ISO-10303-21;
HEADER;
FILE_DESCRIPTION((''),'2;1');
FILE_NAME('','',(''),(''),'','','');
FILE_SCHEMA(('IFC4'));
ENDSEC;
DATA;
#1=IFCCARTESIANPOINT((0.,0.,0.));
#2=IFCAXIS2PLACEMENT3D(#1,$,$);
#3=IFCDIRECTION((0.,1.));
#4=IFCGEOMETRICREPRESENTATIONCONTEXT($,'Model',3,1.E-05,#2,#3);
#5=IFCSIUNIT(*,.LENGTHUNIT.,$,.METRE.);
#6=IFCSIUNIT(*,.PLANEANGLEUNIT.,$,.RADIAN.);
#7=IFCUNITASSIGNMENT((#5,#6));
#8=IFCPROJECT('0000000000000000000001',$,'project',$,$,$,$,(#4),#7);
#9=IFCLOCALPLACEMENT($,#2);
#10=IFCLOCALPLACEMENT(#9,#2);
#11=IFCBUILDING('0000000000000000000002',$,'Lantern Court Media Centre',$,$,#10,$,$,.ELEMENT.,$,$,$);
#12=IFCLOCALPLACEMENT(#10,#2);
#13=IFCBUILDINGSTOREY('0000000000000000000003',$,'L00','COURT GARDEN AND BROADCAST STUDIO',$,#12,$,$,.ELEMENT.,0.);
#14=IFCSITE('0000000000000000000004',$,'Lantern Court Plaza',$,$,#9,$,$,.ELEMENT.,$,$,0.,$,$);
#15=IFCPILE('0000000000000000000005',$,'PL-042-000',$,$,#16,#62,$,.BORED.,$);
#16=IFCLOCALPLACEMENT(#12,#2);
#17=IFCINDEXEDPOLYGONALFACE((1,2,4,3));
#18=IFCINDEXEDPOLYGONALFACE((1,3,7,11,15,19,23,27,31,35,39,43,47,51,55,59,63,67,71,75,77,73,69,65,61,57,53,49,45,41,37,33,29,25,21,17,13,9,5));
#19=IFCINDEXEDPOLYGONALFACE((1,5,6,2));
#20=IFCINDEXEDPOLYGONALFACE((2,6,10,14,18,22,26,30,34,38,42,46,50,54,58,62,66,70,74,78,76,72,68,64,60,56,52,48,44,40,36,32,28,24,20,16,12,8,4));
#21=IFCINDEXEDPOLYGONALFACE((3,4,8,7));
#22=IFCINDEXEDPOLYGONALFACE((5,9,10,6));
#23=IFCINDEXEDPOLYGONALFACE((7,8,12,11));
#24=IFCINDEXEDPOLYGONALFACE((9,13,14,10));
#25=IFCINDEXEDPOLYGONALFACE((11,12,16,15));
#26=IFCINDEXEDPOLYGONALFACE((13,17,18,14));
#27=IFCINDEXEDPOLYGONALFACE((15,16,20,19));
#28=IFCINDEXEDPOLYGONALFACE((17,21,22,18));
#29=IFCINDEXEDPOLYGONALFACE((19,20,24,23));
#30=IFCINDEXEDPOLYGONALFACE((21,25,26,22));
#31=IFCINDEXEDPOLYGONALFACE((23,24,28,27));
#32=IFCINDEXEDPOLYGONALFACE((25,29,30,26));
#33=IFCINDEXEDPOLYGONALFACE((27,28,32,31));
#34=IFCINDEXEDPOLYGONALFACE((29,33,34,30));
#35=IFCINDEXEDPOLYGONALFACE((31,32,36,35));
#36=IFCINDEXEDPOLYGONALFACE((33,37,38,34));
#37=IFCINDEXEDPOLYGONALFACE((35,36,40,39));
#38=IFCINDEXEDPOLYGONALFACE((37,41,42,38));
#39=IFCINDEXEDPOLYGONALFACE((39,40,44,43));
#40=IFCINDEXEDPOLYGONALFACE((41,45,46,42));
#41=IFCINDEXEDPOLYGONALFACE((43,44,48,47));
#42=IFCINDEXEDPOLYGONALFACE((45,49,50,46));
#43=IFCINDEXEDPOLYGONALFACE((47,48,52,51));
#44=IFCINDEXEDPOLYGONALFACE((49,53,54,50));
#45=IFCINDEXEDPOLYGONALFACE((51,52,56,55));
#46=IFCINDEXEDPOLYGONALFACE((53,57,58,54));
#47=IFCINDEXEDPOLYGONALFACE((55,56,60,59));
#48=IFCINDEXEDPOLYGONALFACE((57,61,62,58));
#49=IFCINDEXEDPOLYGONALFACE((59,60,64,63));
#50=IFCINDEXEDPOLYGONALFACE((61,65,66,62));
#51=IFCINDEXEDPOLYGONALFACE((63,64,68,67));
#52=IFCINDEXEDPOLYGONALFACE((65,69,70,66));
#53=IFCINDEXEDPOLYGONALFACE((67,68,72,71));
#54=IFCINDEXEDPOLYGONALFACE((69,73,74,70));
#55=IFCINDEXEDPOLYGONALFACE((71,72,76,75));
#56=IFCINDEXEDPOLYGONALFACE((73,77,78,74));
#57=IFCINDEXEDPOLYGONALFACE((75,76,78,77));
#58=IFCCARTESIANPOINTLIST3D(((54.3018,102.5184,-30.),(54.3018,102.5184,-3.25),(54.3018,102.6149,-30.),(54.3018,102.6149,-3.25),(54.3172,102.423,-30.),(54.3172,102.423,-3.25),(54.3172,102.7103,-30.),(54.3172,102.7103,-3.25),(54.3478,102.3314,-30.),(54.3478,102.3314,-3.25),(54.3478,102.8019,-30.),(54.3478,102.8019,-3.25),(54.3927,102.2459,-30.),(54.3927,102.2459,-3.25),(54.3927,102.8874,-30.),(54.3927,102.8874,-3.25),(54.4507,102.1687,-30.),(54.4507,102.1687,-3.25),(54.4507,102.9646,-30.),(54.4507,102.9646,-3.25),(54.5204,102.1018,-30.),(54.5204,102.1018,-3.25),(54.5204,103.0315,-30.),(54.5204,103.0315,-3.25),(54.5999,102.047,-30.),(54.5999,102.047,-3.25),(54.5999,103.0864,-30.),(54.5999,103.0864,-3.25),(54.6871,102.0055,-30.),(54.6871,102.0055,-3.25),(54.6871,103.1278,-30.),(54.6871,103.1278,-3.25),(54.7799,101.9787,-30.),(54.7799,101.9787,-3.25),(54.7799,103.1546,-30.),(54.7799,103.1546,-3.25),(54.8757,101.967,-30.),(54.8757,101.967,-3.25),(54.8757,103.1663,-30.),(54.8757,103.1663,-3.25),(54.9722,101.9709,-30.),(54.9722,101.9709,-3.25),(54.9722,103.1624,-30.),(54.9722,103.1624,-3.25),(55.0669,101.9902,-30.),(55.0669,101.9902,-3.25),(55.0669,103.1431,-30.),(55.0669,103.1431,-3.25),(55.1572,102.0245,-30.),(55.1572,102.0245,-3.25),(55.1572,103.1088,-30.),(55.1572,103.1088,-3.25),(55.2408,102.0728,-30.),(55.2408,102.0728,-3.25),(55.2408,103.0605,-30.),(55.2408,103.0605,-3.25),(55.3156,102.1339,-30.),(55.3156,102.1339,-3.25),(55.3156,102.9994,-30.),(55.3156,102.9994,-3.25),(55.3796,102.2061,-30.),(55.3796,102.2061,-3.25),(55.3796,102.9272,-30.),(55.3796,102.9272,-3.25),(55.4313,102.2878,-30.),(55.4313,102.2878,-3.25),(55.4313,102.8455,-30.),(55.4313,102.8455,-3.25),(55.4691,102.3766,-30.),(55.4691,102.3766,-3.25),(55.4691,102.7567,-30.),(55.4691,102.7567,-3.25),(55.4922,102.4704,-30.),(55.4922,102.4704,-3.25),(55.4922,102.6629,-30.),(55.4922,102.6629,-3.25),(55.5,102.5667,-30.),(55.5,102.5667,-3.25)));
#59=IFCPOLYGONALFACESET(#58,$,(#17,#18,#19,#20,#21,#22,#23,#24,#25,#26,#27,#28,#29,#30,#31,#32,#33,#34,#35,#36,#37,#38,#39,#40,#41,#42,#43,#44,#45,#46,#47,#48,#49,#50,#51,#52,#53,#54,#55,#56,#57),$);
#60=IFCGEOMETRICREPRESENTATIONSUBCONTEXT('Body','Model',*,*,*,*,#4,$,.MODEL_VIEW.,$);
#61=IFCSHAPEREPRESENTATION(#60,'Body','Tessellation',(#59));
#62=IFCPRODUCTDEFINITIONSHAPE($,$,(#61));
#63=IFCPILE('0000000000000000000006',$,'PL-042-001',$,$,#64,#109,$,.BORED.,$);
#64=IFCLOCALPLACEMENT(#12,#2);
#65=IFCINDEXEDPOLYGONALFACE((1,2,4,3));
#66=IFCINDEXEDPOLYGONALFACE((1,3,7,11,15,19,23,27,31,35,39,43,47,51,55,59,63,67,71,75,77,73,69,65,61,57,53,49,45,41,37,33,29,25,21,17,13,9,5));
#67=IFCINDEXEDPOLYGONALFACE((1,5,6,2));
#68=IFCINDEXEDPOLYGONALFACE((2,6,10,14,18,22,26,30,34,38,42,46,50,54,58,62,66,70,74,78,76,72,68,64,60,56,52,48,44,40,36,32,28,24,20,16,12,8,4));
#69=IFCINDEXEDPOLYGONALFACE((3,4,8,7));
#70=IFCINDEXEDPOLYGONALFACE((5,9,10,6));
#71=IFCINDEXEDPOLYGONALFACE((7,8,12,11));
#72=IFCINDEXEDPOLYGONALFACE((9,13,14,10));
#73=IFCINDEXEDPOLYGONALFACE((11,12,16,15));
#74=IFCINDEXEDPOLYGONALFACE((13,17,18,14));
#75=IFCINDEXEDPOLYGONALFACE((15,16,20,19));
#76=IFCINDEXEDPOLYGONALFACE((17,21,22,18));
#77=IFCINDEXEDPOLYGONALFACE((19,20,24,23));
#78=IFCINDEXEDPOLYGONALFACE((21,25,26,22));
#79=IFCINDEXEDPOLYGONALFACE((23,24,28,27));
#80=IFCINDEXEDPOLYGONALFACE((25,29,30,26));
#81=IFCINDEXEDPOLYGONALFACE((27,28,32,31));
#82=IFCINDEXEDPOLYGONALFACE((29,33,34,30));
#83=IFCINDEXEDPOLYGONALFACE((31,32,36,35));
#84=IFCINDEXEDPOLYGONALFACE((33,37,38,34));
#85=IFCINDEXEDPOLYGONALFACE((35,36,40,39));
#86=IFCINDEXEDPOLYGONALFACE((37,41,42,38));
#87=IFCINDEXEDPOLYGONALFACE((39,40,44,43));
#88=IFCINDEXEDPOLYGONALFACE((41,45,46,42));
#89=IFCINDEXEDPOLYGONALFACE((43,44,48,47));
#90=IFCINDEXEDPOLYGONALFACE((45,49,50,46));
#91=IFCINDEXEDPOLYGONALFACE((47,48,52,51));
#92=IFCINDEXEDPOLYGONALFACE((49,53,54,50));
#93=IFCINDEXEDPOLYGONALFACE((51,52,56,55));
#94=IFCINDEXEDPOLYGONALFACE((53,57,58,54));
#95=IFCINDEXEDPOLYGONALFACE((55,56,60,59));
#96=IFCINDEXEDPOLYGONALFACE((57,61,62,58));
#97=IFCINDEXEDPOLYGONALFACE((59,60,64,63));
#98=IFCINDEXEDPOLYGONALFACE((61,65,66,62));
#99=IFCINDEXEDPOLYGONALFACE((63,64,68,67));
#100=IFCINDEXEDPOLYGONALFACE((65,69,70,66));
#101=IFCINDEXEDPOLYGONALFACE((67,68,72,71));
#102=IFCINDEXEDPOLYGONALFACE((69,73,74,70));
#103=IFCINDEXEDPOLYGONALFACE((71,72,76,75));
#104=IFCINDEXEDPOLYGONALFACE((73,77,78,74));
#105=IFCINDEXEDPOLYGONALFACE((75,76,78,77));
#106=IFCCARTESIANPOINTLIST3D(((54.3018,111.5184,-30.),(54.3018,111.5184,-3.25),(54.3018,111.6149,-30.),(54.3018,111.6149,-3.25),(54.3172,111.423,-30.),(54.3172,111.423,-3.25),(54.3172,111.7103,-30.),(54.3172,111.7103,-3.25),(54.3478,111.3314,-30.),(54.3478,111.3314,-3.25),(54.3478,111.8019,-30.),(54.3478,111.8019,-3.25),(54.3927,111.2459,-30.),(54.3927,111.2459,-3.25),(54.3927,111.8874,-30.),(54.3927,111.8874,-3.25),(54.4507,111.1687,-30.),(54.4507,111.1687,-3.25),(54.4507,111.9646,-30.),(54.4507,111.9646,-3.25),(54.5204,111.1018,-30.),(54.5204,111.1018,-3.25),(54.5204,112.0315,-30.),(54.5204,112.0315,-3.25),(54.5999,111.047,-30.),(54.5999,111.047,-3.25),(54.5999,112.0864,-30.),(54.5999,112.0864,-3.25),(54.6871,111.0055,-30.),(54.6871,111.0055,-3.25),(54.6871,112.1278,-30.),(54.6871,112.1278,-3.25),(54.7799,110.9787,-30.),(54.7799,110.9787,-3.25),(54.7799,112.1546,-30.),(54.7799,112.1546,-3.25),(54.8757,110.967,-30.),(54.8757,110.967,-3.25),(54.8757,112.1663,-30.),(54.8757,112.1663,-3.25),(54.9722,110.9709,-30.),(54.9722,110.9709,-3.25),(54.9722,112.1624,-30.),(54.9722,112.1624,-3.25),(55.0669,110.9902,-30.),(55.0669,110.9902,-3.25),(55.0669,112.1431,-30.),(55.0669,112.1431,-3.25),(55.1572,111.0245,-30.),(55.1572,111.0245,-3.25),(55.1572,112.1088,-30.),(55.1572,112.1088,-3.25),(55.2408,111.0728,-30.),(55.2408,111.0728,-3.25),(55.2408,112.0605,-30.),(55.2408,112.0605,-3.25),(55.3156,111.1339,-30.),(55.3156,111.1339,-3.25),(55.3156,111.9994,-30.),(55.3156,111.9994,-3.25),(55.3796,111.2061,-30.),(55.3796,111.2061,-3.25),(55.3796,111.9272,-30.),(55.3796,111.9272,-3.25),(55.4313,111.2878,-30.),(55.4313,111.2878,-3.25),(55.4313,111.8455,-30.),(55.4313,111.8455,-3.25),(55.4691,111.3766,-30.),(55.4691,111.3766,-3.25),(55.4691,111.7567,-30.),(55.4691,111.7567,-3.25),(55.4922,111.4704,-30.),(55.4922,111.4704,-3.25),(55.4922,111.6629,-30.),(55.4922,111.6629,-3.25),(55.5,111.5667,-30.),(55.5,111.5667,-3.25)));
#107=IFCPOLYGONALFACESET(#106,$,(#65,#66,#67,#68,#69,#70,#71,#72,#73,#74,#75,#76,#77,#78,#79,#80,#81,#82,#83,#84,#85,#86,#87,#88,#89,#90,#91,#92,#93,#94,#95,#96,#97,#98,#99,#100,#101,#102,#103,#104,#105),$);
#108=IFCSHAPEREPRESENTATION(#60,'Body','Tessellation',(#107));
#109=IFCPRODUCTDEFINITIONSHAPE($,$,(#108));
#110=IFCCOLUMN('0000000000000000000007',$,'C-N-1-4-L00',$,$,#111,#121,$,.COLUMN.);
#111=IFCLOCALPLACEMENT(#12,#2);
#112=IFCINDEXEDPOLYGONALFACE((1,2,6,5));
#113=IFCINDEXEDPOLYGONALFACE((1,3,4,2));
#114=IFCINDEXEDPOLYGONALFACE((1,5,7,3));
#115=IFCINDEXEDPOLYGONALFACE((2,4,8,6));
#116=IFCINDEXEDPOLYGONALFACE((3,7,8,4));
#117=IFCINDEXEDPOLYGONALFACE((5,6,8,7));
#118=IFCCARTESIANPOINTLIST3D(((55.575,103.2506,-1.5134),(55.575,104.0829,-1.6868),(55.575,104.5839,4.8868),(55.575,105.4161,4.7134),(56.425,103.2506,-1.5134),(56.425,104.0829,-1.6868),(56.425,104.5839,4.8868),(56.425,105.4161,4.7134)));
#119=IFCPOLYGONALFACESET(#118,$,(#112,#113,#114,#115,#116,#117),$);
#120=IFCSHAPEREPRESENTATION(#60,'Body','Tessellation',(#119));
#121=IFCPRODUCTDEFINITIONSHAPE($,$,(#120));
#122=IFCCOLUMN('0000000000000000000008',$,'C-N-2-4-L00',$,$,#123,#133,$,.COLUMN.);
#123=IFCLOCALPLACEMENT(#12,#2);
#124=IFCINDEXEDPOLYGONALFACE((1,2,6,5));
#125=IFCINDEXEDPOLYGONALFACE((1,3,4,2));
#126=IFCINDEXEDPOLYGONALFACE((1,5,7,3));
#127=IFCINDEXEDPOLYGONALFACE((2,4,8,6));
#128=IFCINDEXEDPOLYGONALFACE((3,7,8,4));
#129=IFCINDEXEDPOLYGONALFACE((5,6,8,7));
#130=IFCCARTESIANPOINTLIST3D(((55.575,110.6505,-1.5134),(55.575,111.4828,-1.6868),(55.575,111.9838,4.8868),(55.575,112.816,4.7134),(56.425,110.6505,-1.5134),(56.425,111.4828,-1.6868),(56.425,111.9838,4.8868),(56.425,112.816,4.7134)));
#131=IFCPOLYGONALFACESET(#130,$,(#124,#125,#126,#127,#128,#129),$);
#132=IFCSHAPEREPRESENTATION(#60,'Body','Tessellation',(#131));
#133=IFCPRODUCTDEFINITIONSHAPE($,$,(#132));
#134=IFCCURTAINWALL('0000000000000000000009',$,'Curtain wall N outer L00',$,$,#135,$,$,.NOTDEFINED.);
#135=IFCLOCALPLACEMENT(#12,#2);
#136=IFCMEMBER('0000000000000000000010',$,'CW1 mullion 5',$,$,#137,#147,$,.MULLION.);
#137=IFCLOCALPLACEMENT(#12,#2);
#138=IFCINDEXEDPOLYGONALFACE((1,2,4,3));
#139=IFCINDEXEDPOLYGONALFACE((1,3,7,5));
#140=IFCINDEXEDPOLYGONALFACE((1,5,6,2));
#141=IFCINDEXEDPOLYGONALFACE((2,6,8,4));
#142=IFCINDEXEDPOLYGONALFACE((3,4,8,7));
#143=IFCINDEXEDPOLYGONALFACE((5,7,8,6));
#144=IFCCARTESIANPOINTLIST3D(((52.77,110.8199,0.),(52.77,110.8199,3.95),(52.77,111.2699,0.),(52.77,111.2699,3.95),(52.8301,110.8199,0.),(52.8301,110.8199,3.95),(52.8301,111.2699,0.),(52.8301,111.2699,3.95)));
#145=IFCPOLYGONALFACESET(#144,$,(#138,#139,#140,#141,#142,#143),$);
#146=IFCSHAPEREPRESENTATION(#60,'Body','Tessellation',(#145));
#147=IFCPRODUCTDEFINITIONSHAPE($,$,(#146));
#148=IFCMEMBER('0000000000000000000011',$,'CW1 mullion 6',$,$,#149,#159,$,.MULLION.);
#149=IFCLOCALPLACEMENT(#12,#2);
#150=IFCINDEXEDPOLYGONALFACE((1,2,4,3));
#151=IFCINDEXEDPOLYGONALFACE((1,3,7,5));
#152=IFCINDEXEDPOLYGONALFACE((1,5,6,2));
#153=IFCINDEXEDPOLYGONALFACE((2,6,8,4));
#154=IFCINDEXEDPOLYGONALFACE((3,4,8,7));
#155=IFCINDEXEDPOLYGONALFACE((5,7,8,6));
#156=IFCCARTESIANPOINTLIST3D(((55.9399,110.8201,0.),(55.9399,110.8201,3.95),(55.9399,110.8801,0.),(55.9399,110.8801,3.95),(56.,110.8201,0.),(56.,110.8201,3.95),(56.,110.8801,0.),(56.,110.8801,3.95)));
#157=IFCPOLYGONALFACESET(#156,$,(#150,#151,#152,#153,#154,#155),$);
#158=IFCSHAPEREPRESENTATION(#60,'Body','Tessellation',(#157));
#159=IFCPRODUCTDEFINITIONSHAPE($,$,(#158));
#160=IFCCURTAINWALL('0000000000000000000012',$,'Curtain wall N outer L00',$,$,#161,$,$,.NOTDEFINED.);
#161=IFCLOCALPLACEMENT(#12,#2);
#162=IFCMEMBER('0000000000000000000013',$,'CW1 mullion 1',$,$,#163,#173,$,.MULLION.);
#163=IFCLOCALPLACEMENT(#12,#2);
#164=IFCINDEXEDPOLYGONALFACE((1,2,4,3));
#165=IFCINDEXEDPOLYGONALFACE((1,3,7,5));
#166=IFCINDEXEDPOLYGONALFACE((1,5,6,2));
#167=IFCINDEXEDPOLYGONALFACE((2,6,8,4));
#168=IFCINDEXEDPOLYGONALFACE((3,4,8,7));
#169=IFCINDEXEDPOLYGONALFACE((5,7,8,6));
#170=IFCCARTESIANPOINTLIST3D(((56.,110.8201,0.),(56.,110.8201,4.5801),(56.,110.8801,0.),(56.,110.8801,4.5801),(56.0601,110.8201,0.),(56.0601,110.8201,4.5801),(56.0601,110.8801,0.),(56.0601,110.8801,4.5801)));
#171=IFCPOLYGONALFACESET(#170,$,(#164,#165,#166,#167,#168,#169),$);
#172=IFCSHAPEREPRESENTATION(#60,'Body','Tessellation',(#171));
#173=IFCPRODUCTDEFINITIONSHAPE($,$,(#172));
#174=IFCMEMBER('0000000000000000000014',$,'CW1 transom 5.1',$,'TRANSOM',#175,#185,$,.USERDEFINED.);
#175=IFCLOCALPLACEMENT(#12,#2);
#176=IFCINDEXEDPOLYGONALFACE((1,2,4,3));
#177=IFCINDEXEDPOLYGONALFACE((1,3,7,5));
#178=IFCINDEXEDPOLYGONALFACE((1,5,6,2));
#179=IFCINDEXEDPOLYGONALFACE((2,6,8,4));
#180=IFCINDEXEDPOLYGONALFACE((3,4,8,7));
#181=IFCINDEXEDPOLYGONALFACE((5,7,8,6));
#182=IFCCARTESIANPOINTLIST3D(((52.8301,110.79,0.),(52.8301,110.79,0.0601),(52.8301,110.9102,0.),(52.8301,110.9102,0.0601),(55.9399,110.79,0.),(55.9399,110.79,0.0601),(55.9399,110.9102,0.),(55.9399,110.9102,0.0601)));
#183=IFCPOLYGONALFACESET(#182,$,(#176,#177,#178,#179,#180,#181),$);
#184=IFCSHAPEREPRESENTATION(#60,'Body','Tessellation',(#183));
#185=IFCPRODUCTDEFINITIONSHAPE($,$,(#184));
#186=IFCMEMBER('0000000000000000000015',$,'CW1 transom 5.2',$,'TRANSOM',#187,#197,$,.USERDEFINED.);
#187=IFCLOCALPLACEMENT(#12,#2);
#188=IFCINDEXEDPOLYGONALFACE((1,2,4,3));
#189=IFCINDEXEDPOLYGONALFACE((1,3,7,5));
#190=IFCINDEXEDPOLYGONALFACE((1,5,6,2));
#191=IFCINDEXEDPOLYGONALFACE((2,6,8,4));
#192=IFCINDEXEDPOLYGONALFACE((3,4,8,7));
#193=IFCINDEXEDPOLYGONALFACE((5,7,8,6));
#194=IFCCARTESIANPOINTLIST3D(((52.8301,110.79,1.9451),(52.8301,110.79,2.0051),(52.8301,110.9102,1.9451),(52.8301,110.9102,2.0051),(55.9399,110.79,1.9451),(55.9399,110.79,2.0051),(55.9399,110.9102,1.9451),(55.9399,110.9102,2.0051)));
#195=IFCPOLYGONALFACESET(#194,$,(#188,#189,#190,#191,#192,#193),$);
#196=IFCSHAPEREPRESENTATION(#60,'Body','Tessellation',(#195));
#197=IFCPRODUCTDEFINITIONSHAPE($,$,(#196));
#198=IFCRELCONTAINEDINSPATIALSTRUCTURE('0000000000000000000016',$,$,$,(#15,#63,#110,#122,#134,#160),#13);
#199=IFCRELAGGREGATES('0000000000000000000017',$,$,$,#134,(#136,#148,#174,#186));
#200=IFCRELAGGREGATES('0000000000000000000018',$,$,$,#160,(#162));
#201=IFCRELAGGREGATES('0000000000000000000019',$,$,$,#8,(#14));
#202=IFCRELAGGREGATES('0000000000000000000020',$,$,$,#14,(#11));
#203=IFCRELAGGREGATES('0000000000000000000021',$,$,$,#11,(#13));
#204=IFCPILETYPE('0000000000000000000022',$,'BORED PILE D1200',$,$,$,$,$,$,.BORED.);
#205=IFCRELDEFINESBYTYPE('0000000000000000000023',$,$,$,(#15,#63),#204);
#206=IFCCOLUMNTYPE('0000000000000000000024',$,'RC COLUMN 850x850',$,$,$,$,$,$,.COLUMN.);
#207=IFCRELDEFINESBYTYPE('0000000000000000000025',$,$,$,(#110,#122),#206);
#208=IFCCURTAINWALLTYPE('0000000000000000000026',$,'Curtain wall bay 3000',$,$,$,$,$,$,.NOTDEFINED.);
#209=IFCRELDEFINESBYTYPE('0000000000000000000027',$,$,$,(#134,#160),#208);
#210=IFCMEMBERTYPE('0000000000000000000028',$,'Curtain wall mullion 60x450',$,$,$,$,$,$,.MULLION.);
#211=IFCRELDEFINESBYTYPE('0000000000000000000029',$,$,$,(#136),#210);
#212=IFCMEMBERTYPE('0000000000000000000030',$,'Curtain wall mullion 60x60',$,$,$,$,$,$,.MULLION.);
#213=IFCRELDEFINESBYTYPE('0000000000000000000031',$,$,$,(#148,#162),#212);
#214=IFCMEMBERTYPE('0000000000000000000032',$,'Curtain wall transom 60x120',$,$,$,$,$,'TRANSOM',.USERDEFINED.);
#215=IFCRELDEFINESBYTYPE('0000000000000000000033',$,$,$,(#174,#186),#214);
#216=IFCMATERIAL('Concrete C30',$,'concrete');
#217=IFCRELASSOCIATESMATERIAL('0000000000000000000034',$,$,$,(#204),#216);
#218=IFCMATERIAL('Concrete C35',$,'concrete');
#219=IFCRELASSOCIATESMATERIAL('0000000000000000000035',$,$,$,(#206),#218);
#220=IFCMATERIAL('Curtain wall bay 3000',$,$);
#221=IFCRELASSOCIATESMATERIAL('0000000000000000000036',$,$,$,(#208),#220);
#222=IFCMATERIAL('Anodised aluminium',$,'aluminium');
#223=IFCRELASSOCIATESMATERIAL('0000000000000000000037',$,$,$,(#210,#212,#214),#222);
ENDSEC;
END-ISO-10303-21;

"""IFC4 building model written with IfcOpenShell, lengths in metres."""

from ifc_helpers import new_model, si_unit, direction, frame, origin, origin_2d, place, context, subcontext, project, spatial, rectangle, circle, extrude, material, material_profile, profile_set, type_object, element, aggregate, save


model = new_model("IFC4")

# Units and contexts
model_context = context("Model", 3, precision=1e-05, world=origin(), true_north=direction((0.0, 1.0)))
body_context = subcontext(model_context, "Body", "Model", "MODEL_VIEW")
ifc_project = project(units=[si_unit("LENGTHUNIT", "METRE"), si_unit("PLANEANGLEUNIT", "RADIAN")], contexts=[model_context])

# Site, building, storey
site_placement = place(None, origin())
site = spatial("IfcSite", under=ifc_project, at=site_placement, Name="Lantern Court Plaza", CompositionType="ELEMENT", RefElevation=0.0)
building_placement = place(site_placement, origin())
building = spatial("IfcBuilding", under=site, at=building_placement, Name="Lantern Court Media Centre", CompositionType="ELEMENT")
storey_placement = place(building_placement, origin())
storey = spatial("IfcBuildingStorey", under=building, at=storey_placement, Name="L00", Description="COURT GARDEN AND BROADCAST STUDIO", CompositionType="ELEMENT", Elevation=0.0)

# Piles
ifc_material_1 = material(Name="Concrete C30", Category="concrete")
ifc_material_profile_1 = material_profile(ifc_material_1, circle(Radius=0.6001, at=origin_2d()), Name="D1200")
ifc_profile_set_1 = profile_set([ifc_material_profile_1], Name="Concrete C30")
pile_type = type_object("IfcPileType", Name="BORED PILE D1200", PredefinedType="BORED", material=ifc_profile_set_1)
for number, where, z_axis, x_axis, name in (
    (1, (54.8999, 102.5667, -3.25), (0.0, 0.0, -1.0), (1.0, 0.0, 0.0), "PL-042-000"),
    (2, (54.8999, 111.5667, -3.25), (0.0, 0.0, -1.0), (1.0, 0.0, 0.0), "PL-042-001"),
):
    element("IfcPile", number, at=place(storey_placement, frame(where, z_axis=z_axis, x_axis=x_axis)), inside=storey, type_object=pile_type, Name=name, PredefinedType="BORED", context=body_context, shape_type="SweptSolid", body=[
        extrude(circle(Radius=0.6001, at=origin_2d()), origin(), (0.0, 0.0, 1.0), 26.75),
    ])

# Columns
ifc_material_2 = material(Name="Concrete C35", Category="concrete")
ifc_material_profile_2 = material_profile(ifc_material_2, rectangle(XDim=0.8501, YDim=0.8501, at=origin_2d()), Name="RC 850x850")
ifc_profile_set_2 = profile_set([ifc_material_profile_2], Name="Concrete C35")
column_type = type_object("IfcColumnType", Name="RC COLUMN 850x850", PredefinedType="COLUMN", material=ifc_profile_set_2)
for number, where, z_axis, x_axis, name in (
    (3, (56.0, 103.6667, -1.6001), (0.0, 0.203938, 0.978984), (-1.0, 0.0, 0.0), "C-N-1-4-L00"),
    (4, (56.0, 111.0667, -1.6001), (0.0, 0.203938, 0.978984), (-1.0, 0.0, 0.0), "C-N-2-4-L00"),
):
    element("IfcColumn", number, at=place(storey_placement, frame(where, z_axis=z_axis, x_axis=x_axis)), inside=storey, type_object=column_type, Name=name, PredefinedType="COLUMN", context=body_context, shape_type="SweptSolid", body=[
        extrude(rectangle(XDim=0.8501, YDim=0.8501, at=origin_2d()), origin(), (0.0, 0.0, 1.0), 6.5376),
    ])

# Curtain wall, members
ifc_material_3 = material(Name="Curtain wall bay 3000")
curtain_wall_type = type_object("IfcCurtainWallType", Name="Curtain wall bay 3000", PredefinedType="NOTDEFINED", material=ifc_material_3)
curtain_wall_1_placement = place(storey_placement, origin())
curtain_wall_1 = element("IfcCurtainWall", 5, at=curtain_wall_1_placement, inside=storey, type_object=curtain_wall_type, Name="Curtain wall N outer L00", PredefinedType="NOTDEFINED")
ifc_material_4 = material(Name="Anodised aluminium", Category="aluminium")
ifc_material_profile_3 = material_profile(ifc_material_4, rectangle(XDim=0.45, YDim=0.0601, at=origin_2d()), Name="AL 60x450")
ifc_profile_set_3 = profile_set([ifc_material_profile_3], Name="Anodised aluminium")
member_type_1 = type_object("IfcMemberType", Name="Curtain wall mullion 60x450", PredefinedType="MULLION", material=ifc_profile_set_3)
member_1_placement = place(storey_placement, frame((52.8, 111.0449, 0.0), z_axis=(0.0, 0.0, 1.0), x_axis=(0.0, 1.0, 0.0)))
member_1 = element("IfcMember", 6, at=member_1_placement, type_object=member_type_1, Name="CW1 mullion 5", PredefinedType="MULLION", context=body_context, shape_type="SweptSolid", body=[
    extrude(rectangle(XDim=0.45, YDim=0.0601, at=origin_2d()), origin(), (0.0, 0.0, 1.0), 3.95),
])
ifc_material_profile_4 = material_profile(ifc_material_4, rectangle(XDim=0.0601, YDim=0.0601, at=origin_2d()), Name="AL 60x60")
ifc_profile_set_4 = profile_set([ifc_material_profile_4], Name="Anodised aluminium")
member_type_2 = type_object("IfcMemberType", Name="Curtain wall mullion 60x60", PredefinedType="MULLION", material=ifc_profile_set_4)
member_2_placement = place(storey_placement, frame((55.97, 110.8501, 0.0), z_axis=(0.0, 0.0, 1.0), x_axis=(0.0, 1.0, 0.0)))
member_2 = element("IfcMember", 7, at=member_2_placement, type_object=member_type_2, Name="CW1 mullion 6", PredefinedType="MULLION", context=body_context, shape_type="SweptSolid", body=[
    extrude(rectangle(XDim=0.0601, YDim=0.0601, at=origin_2d()), origin(), (0.0, 0.0, 1.0), 3.95),
])

# Curtain wall, member
curtain_wall_2_placement = place(storey_placement, origin())
curtain_wall_2 = element("IfcCurtainWall", 8, at=curtain_wall_2_placement, inside=storey, type_object=curtain_wall_type, Name="Curtain wall N outer L00", PredefinedType="NOTDEFINED")
member_3_placement = place(storey_placement, frame((56.03, 110.8501, 0.0), z_axis=(0.0, 0.0, 1.0), x_axis=(0.0, 1.0, 0.0)))
member_3 = element("IfcMember", 9, at=member_3_placement, type_object=member_type_2, Name="CW1 mullion 1", PredefinedType="MULLION", context=body_context, shape_type="SweptSolid", body=[
    extrude(rectangle(XDim=0.0601, YDim=0.0601, at=origin_2d()), origin(), (0.0, 0.0, 1.0), 4.5801),
])

# Members
ifc_material_profile_5 = material_profile(ifc_material_4, rectangle(XDim=0.1201, YDim=0.0601, at=origin_2d()), Name="AL 60x120")
ifc_profile_set_5 = profile_set([ifc_material_profile_5], Name="Anodised aluminium")
member_type_3 = type_object("IfcMemberType", Name="Curtain wall transom 60x120", ElementType="TRANSOM", PredefinedType="USERDEFINED", material=ifc_profile_set_5)
member_4_placement = place(storey_placement, frame((52.8301, 110.8501, 0.03), z_axis=(1.0, 0.0, 0.0), x_axis=(0.0, 1.0, 0.0)))
member_4 = element("IfcMember", 10, at=member_4_placement, type_object=member_type_3, Name="CW1 transom 5.1", ObjectType="TRANSOM", PredefinedType="USERDEFINED", context=body_context, shape_type="SweptSolid", body=[
    extrude(rectangle(XDim=0.1201, YDim=0.0601, at=origin_2d()), origin(), (0.0, 0.0, 1.0), 3.1099),
])
member_5_placement = place(storey_placement, frame((52.8301, 110.8501, 1.9751), z_axis=(1.0, 0.0, 0.0), x_axis=(0.0, 1.0, 0.0)))
member_5 = element("IfcMember", 11, at=member_5_placement, type_object=member_type_3, Name="CW1 transom 5.2", ObjectType="TRANSOM", PredefinedType="USERDEFINED", context=body_context, shape_type="SweptSolid", body=[
    extrude(rectangle(XDim=0.1201, YDim=0.0601, at=origin_2d()), origin(), (0.0, 0.0, 1.0), 3.1099),
])

aggregate(curtain_wall_1, [member_1, member_2, member_4, member_5])
aggregate(curtain_wall_2, [member_3])

save(model, "model.ifc")
